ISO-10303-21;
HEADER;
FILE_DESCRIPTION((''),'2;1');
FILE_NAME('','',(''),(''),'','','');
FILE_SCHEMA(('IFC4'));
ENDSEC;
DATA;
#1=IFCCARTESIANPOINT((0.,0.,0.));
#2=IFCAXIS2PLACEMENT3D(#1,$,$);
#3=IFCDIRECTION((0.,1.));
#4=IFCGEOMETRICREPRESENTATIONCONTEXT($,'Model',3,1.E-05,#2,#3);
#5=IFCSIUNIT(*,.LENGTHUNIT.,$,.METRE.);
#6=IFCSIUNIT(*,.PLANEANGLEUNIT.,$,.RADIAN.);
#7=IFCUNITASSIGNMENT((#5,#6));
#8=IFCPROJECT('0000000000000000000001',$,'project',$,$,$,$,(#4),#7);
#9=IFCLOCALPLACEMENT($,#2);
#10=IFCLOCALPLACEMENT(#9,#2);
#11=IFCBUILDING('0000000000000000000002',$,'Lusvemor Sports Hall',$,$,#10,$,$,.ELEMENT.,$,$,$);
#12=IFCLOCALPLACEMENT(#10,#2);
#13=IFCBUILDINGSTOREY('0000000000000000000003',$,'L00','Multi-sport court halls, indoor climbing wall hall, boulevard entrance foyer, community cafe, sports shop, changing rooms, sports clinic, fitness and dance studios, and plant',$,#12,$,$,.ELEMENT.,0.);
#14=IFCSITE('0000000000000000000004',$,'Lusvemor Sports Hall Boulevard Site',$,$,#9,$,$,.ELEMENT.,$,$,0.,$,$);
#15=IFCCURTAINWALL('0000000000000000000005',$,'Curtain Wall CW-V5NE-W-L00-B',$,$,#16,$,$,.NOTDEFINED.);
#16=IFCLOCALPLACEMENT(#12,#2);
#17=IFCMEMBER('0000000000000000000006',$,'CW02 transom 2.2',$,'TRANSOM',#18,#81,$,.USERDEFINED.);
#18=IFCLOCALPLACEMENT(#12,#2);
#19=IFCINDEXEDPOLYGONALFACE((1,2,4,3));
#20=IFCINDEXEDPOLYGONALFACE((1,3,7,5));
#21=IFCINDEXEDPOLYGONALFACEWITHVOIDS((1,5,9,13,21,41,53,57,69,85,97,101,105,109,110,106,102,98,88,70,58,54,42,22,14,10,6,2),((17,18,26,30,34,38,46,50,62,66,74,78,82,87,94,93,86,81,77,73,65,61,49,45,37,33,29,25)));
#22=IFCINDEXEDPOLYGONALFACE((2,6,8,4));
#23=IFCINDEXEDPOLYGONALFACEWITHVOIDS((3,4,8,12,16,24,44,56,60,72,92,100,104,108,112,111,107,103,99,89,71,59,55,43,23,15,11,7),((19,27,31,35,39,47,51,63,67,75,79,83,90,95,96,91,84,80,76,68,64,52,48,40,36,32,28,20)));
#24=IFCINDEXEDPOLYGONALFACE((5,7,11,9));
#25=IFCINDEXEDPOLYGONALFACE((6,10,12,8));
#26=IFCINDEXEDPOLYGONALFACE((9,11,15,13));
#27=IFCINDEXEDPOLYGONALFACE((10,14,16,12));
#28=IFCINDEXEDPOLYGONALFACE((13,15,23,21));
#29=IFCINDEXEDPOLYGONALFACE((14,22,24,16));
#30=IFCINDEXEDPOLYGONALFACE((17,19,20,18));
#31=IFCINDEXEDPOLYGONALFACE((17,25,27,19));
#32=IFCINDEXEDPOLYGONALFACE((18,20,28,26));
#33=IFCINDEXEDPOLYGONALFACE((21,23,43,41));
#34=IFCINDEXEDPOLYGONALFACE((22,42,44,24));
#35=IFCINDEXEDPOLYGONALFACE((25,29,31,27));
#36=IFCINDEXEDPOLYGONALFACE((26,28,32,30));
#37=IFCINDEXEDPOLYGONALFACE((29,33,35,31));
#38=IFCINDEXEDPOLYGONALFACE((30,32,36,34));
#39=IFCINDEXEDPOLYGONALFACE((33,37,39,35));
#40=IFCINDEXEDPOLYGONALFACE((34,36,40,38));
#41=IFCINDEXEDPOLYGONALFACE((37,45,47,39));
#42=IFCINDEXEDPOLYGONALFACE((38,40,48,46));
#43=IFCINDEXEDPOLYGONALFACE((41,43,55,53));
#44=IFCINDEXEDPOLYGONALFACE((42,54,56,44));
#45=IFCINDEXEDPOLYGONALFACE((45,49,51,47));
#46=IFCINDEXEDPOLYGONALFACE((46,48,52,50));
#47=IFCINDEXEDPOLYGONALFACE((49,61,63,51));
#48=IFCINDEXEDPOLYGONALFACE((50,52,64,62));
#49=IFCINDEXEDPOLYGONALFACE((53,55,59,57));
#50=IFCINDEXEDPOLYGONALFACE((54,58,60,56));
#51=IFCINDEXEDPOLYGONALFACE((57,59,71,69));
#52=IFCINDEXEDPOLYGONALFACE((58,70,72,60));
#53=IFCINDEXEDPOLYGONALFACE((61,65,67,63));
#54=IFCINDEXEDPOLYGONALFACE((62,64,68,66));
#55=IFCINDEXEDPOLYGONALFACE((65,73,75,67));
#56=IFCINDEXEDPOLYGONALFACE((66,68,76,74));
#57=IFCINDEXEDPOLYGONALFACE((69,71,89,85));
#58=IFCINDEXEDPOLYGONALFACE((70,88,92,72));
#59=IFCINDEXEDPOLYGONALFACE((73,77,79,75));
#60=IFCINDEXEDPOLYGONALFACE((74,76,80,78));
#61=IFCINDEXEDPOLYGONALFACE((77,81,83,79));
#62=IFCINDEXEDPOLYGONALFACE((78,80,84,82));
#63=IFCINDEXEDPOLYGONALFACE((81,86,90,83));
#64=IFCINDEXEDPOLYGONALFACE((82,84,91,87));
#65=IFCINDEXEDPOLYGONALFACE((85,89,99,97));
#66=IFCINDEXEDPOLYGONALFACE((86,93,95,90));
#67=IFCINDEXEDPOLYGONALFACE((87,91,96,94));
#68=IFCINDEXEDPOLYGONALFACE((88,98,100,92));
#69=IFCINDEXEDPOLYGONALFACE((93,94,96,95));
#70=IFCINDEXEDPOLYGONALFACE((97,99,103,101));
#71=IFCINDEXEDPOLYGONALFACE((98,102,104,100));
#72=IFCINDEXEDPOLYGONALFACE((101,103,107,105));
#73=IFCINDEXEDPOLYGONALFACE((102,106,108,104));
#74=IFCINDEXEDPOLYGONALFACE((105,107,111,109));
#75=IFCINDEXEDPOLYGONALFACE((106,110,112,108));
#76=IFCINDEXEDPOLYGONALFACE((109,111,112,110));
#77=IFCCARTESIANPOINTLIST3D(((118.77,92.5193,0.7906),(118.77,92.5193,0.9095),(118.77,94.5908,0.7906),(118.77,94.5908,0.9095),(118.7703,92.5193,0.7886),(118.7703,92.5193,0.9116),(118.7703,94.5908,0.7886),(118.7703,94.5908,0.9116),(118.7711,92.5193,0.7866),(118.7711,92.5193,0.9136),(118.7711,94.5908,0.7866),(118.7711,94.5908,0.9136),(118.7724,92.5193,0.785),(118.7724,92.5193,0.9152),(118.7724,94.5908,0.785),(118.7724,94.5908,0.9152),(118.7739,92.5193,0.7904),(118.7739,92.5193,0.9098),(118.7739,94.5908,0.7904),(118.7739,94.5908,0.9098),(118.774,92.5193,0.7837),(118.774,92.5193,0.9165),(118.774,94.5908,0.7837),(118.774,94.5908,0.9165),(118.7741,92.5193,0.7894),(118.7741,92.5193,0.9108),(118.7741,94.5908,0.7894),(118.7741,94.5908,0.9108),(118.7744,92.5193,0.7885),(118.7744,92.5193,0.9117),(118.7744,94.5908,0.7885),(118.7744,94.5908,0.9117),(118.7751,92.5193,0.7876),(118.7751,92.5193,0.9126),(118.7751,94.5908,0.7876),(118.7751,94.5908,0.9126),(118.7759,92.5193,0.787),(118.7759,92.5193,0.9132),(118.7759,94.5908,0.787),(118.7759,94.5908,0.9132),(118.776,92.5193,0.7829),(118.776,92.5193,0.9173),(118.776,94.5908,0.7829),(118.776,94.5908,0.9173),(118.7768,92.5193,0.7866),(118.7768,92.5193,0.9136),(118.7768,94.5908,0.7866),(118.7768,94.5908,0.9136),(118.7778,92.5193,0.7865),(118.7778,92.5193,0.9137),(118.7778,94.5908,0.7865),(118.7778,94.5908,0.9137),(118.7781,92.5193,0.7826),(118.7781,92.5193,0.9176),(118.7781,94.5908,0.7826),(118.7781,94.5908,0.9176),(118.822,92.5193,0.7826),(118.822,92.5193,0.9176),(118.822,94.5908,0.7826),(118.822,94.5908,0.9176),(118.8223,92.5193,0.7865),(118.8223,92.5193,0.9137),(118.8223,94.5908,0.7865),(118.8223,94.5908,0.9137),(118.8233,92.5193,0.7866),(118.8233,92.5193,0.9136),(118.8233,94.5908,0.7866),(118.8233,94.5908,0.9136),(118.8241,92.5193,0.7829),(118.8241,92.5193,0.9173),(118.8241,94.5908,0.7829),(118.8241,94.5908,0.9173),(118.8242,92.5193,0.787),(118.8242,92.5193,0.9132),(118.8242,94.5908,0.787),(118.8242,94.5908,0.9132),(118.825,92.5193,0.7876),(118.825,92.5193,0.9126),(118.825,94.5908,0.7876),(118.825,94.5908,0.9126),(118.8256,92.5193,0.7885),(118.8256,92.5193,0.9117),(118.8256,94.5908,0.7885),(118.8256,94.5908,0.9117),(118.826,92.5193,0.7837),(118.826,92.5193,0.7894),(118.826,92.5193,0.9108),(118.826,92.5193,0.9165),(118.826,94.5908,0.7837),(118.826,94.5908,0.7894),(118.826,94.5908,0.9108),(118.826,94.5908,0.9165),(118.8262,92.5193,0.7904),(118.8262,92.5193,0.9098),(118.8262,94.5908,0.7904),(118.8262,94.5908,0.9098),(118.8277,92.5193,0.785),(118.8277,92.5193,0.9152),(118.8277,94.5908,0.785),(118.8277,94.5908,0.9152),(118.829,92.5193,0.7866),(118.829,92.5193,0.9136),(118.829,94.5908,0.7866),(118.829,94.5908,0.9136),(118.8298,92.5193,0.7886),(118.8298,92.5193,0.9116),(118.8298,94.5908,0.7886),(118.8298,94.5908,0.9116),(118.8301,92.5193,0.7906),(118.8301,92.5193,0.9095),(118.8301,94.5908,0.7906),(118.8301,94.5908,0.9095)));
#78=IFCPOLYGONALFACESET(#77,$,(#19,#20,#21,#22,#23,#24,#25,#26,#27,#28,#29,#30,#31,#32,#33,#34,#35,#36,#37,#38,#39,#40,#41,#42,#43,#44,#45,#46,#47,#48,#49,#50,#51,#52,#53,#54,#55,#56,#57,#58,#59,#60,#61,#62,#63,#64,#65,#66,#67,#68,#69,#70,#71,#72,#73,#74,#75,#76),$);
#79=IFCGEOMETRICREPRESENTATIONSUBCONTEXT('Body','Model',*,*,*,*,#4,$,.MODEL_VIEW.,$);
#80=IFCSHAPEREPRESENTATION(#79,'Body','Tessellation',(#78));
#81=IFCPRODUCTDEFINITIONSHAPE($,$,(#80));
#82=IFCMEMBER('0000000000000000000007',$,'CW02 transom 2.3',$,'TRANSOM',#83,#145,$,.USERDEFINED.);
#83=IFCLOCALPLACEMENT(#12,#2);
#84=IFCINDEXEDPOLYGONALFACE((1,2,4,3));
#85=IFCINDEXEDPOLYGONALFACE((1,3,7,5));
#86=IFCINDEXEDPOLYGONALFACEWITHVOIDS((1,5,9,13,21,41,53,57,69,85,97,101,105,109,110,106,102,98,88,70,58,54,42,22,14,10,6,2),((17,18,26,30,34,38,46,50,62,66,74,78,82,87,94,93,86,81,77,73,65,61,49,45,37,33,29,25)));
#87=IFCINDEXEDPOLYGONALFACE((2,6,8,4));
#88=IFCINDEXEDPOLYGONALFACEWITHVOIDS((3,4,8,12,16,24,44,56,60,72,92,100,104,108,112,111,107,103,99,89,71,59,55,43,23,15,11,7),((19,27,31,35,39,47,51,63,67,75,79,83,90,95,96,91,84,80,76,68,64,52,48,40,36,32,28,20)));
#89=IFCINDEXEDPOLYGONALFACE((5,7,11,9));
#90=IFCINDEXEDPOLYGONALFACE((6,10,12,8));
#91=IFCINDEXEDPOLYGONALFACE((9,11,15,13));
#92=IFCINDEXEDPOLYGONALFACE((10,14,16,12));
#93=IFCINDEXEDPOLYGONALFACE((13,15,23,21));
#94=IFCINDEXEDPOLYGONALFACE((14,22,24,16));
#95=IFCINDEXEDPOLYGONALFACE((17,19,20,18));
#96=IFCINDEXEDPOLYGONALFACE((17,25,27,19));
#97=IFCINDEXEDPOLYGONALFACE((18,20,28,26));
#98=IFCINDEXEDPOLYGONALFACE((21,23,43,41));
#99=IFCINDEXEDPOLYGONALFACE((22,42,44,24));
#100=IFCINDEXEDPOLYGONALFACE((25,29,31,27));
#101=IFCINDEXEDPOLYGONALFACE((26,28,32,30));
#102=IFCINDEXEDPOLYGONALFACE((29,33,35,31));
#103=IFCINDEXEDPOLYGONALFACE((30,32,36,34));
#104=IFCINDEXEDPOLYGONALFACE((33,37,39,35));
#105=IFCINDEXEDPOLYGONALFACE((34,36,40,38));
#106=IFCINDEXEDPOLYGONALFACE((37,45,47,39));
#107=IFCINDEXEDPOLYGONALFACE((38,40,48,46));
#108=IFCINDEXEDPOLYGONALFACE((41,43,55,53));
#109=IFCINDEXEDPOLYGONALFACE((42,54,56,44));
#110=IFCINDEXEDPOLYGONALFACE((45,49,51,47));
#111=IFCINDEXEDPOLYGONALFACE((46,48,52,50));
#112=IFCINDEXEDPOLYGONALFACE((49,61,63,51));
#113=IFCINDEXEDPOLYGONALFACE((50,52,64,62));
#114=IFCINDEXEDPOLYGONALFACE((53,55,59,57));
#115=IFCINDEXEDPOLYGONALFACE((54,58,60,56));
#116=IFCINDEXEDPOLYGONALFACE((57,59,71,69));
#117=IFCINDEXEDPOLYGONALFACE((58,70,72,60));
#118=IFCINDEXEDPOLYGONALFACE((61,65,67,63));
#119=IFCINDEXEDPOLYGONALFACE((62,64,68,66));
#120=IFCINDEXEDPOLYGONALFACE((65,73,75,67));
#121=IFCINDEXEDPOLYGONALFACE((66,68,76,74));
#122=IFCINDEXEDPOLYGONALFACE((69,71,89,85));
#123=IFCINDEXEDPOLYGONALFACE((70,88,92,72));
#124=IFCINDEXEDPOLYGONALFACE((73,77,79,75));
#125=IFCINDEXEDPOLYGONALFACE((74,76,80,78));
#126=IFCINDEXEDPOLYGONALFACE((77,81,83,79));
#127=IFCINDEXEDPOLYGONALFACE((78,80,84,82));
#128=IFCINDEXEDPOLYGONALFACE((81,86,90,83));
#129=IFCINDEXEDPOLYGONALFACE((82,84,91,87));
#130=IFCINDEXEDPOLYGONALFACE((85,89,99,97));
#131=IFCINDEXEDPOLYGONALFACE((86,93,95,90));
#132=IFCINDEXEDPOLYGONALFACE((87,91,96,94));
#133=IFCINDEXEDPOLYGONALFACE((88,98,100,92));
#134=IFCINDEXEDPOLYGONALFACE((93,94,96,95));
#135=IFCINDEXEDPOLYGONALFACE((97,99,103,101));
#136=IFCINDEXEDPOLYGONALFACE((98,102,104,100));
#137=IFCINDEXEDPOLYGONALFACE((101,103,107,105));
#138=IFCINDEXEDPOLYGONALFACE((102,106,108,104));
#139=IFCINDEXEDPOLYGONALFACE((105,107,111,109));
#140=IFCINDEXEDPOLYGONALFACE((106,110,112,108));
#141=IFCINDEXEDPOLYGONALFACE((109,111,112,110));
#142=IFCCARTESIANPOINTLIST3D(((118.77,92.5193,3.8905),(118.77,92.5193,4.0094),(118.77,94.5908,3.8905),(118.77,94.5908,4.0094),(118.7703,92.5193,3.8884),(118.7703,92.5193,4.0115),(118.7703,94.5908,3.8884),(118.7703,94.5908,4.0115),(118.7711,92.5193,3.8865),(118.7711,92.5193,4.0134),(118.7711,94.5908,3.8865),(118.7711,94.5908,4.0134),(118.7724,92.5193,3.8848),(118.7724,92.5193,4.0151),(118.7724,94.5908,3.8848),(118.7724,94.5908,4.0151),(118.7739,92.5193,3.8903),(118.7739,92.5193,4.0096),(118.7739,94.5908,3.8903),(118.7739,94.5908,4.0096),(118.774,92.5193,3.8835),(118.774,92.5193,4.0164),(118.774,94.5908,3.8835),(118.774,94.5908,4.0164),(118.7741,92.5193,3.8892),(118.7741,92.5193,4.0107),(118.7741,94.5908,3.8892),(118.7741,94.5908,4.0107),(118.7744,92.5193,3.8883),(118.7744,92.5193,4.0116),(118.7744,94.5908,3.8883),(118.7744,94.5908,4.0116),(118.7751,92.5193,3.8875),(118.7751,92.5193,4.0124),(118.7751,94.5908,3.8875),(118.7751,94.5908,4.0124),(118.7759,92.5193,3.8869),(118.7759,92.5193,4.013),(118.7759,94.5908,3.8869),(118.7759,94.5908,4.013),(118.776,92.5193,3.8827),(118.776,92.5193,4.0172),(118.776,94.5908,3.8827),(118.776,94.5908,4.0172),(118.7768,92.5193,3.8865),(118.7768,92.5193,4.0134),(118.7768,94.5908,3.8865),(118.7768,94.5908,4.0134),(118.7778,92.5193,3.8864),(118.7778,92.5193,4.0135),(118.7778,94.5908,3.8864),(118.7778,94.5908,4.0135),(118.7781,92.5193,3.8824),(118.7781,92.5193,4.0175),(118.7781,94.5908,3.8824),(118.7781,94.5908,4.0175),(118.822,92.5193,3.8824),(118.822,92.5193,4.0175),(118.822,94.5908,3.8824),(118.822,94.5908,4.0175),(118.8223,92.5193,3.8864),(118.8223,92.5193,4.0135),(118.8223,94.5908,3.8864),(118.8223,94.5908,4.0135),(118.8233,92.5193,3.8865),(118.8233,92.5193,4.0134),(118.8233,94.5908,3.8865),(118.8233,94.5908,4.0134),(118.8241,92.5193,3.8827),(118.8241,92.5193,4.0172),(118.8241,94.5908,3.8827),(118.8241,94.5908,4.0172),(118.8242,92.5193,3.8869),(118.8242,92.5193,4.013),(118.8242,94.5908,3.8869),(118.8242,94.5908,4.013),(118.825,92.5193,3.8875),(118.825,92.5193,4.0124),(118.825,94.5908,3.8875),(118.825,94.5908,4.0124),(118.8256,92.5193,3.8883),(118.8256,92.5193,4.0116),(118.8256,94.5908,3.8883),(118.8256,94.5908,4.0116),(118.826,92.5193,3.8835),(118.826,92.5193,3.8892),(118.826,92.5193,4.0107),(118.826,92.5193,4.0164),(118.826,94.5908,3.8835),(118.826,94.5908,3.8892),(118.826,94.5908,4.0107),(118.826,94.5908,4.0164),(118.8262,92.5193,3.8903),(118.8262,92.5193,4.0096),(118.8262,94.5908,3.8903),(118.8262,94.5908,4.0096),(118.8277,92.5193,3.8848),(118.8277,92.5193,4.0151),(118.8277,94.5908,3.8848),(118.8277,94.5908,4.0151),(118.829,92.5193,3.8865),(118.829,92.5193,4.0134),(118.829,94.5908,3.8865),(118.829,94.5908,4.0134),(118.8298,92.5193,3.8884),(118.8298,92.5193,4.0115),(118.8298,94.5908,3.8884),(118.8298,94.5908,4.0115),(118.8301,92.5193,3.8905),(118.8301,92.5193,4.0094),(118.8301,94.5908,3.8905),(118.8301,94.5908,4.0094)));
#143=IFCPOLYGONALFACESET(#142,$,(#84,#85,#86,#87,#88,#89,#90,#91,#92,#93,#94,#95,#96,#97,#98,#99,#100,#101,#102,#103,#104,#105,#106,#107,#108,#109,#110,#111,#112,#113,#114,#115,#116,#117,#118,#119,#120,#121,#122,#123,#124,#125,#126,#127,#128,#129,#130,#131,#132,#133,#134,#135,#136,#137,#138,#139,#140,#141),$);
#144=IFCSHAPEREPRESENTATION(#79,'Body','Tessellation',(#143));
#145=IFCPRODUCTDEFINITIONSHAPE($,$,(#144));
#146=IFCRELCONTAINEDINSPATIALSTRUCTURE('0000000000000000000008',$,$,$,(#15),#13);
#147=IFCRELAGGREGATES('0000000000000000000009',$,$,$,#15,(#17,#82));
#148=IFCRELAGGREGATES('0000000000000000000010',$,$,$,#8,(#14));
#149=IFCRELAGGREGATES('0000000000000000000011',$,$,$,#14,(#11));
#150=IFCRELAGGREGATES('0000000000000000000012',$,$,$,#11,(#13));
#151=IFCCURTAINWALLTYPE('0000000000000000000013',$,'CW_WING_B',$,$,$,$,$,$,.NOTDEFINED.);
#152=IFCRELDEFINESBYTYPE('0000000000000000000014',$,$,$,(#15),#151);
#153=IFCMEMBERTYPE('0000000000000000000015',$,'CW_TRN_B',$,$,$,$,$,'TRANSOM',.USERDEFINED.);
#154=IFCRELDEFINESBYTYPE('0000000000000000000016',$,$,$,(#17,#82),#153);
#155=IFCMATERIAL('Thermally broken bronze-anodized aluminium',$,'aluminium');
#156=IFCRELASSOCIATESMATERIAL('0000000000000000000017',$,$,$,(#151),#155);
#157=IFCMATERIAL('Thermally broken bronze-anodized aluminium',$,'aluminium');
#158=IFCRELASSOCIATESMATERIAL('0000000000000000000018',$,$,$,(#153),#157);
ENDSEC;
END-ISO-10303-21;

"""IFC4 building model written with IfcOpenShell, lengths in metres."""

from ifc_helpers import new_model, si_unit, direction, frame, origin, origin_2d, place, context, subcontext, project, spatial, hollow_rectangle, extrude, material, material_profile, profile_set, type_object, element, aggregate, save


model = new_model("IFC4")

# Units and contexts
model_context = context("Model", 3, precision=1e-05, world=origin(), true_north=direction((0.0, 1.0)))
body_context = subcontext(model_context, "Body", "Model", "MODEL_VIEW")
ifc_project = project(units=[si_unit("LENGTHUNIT", "METRE"), si_unit("PLANEANGLEUNIT", "RADIAN")], contexts=[model_context])

# Site, building, storey
site_placement = place(None, origin())
site = spatial("IfcSite", under=ifc_project, at=site_placement, Name="Lusvemor Sports Hall Boulevard Site", CompositionType="ELEMENT", RefElevation=0.0)
building_placement = place(site_placement, origin())
building = spatial("IfcBuilding", under=site, at=building_placement, Name="Lusvemor Sports Hall", CompositionType="ELEMENT")
storey_placement = place(building_placement, origin())
storey = spatial("IfcBuildingStorey", under=building, at=storey_placement, Name="L00", Description="Multi-sport court halls, indoor climbing wall hall, boulevard entrance foyer, community cafe, sports shop, changing rooms, sports clinic, fitness and dance studios, and plant", CompositionType="ELEMENT", Elevation=0.0)

# Curtain wall, members
ifc_material_1 = material(Name="Thermally broken bronze-anodized aluminium", Category="aluminium")
curtain_wall_type = type_object("IfcCurtainWallType", Name="CW_WING_B", PredefinedType="NOTDEFINED", material=ifc_material_1)
curtain_wall_placement = place(storey_placement, origin())
curtain_wall = element("IfcCurtainWall", 1, at=curtain_wall_placement, inside=storey, type_object=curtain_wall_type, Name="Curtain Wall CW-V5NE-W-L00-B", PredefinedType="NOTDEFINED")
ifc_material_2 = material(Name="Thermally broken bronze-anodized aluminium", Category="aluminium")
ifc_material_profile_1 = material_profile(ifc_material_2, hollow_rectangle(XDim=0.0601, YDim=0.135, WallThickness=0.0039, InnerFilletRadius=0.0039, OuterFilletRadius=0.0081, at=origin_2d()), Name="CWTRN135x60x4")
ifc_profile_set_1 = profile_set([ifc_material_profile_1], Name="Thermally broken bronze-anodized aluminium")
member_type_1 = type_object("IfcMemberType", Name="CW_TRN_B", ElementType="TRANSOM", PredefinedType="USERDEFINED", material=ifc_profile_set_1)
member_1_placement = place(storey_placement, frame((118.8, 92.5193, 0.8501), z_axis=(0.0, 1.0, 0.0), x_axis=(-1.0, 0.0, 0.0)))
member_1 = element("IfcMember", 2, at=member_1_placement, type_object=member_type_1, Name="CW02 transom 2.2", ObjectType="TRANSOM", PredefinedType="USERDEFINED", context=body_context, shape_type="SweptSolid", body=[
    extrude(hollow_rectangle(XDim=0.0601, YDim=0.135, WallThickness=0.0039, InnerFilletRadius=0.0039, OuterFilletRadius=0.0081, at=origin_2d()), origin(), (0.0, 0.0, 1.0), 2.0715),
])
member_2_placement = place(storey_placement, frame((118.8, 92.5193, 3.95), z_axis=(0.0, 1.0, 0.0), x_axis=(-1.0, 0.0, 0.0)))
member_2 = element("IfcMember", 3, at=member_2_placement, type_object=member_type_1, Name="CW02 transom 2.3", ObjectType="TRANSOM", PredefinedType="USERDEFINED", context=body_context, shape_type="SweptSolid", body=[
    extrude(hollow_rectangle(XDim=0.0601, YDim=0.135, WallThickness=0.0039, InnerFilletRadius=0.0039, OuterFilletRadius=0.0081, at=origin_2d()), origin(), (0.0, 0.0, 1.0), 2.0715),
])
aggregate(curtain_wall, [member_1, member_2])

save(model, "model.ifc")
